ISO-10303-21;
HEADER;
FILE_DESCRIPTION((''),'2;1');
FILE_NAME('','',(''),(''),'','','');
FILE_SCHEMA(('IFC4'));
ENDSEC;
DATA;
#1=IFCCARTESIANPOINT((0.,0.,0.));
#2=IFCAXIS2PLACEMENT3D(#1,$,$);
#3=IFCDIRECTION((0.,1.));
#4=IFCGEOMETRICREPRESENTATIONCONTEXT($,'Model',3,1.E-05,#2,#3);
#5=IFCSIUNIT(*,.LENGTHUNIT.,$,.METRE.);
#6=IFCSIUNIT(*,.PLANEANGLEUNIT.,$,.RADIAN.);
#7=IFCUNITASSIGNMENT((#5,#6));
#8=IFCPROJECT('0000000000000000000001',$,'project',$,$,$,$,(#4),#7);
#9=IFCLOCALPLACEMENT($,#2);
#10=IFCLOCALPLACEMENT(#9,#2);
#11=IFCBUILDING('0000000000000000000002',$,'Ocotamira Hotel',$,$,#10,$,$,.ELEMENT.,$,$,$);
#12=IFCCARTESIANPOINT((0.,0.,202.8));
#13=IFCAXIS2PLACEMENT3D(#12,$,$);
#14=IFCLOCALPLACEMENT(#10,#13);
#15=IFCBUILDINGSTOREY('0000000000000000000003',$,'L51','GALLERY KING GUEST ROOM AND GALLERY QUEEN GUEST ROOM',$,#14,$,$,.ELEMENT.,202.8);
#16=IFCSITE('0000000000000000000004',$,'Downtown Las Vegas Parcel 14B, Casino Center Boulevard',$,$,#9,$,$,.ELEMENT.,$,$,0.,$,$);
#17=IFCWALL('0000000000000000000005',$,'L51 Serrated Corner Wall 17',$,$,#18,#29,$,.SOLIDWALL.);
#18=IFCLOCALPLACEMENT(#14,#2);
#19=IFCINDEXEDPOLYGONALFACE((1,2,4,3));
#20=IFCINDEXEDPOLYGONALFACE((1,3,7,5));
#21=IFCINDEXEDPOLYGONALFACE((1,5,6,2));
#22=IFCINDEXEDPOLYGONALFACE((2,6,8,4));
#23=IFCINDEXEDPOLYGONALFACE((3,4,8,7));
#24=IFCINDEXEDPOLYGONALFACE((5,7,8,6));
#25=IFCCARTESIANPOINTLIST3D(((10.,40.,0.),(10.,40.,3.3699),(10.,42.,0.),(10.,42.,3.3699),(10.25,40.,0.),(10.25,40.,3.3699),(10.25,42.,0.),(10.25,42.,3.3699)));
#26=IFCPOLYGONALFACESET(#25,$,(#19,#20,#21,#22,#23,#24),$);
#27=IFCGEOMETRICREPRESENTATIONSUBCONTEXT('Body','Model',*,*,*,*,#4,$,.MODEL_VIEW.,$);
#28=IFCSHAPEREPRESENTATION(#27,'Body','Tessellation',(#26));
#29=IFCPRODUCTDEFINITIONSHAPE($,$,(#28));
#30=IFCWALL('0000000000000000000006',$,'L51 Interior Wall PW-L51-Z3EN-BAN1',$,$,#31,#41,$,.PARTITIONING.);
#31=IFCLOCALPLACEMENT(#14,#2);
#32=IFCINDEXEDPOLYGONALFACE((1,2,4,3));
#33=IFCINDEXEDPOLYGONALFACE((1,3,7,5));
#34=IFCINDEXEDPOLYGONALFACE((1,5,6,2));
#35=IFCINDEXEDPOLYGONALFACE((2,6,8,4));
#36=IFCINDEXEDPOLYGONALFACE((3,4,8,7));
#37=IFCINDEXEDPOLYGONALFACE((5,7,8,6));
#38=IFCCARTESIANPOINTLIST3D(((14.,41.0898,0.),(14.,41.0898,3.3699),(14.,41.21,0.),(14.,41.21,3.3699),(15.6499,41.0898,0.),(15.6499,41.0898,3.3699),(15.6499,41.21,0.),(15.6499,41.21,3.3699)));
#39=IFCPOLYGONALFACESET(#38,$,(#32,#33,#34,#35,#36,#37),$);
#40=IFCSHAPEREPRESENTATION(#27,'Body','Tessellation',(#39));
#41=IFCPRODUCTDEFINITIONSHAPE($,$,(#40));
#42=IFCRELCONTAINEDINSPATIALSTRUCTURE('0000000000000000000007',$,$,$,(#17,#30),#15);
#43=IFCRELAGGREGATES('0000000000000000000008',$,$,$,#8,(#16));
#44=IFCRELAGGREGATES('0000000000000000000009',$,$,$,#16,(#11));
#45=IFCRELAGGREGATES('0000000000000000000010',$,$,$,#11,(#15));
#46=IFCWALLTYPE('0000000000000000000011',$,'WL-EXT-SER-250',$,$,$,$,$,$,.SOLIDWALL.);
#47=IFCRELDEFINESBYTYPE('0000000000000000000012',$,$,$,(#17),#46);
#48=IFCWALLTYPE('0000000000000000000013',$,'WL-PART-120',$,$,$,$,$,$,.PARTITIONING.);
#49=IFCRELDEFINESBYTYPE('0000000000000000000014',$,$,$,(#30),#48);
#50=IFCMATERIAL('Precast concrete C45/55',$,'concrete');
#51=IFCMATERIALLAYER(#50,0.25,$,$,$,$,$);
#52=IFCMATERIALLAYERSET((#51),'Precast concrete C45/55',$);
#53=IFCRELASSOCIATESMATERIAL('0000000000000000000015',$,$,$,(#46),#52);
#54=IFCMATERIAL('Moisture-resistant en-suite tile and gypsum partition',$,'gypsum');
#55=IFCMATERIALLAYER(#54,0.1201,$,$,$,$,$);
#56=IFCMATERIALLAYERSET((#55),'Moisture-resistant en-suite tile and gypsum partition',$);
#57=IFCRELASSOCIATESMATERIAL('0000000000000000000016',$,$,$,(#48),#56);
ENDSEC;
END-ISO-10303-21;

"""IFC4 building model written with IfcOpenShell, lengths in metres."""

from ifc_helpers import new_model, si_unit, direction, frame, frame_2d, origin, place, context, subcontext, project, spatial, rectangle, extrude, material, layer, layer_set, type_object, element, save


model = new_model("IFC4")

# Units and contexts
model_context = context("Model", 3, precision=1e-05, world=origin(), true_north=direction((0.0, 1.0)))
body_context = subcontext(model_context, "Body", "Model", "MODEL_VIEW")
ifc_project = project(units=[si_unit("LENGTHUNIT", "METRE"), si_unit("PLANEANGLEUNIT", "RADIAN")], contexts=[model_context])

# Site, building, storey
site_placement = place(None, origin())
site = spatial("IfcSite", under=ifc_project, at=site_placement, Name="Downtown Las Vegas Parcel 14B, Casino Center Boulevard", CompositionType="ELEMENT", RefElevation=0.0)
building_placement = place(site_placement, origin())
building = spatial("IfcBuilding", under=site, at=building_placement, Name="Ocotamira Hotel", CompositionType="ELEMENT")
storey_placement = place(building_placement, frame((0.0, 0.0, 202.8)))
storey = spatial("IfcBuildingStorey", under=building, at=storey_placement, Name="L51", Description="GALLERY KING GUEST ROOM AND GALLERY QUEEN GUEST ROOM", CompositionType="ELEMENT", Elevation=202.8)

# Shared definitions
ifc_material_1 = material(Name="Precast concrete C45/55", Category="concrete")
ifc_layer_1 = layer(ifc_material_1, 0.25)
ifc_layer_set_1 = layer_set([ifc_layer_1], Name="Precast concrete C45/55")
wall_type_1 = type_object("IfcWallType", Name="WL-EXT-SER-250", PredefinedType="SOLIDWALL", material=ifc_layer_set_1)

# Walls
for number, where, z_axis, x_axis, name in (
    (1, (10.125, 42.0, 0.0), (0.0, 0.0, 1.0), (0.0, -1.0, 0.0), "L51 Serrated Corner Wall 17"),
):
    element("IfcWall", number, at=place(storey_placement, frame(where, z_axis=z_axis, x_axis=x_axis)), inside=storey, type_object=wall_type_1, Name=name, PredefinedType="SOLIDWALL", context=body_context, shape_type="SweptSolid", body=[
        extrude(rectangle(XDim=2.0, YDim=0.25, at=frame_2d((1.0, 0.0))), origin(), (0.0, 0.0, 1.0), 3.3699),
    ])
ifc_material_2 = material(Name="Moisture-resistant en-suite tile and gypsum partition", Category="gypsum")
ifc_layer_2 = layer(ifc_material_2, 0.1201)
ifc_layer_set_2 = layer_set([ifc_layer_2], Name="Moisture-resistant en-suite tile and gypsum partition")
wall_type_2 = type_object("IfcWallType", Name="WL-PART-120", PredefinedType="PARTITIONING", material=ifc_layer_set_2)
wall_1_placement = place(storey_placement, frame((14.0, 41.1499, 0.0), z_axis=(0.0, 0.0, 1.0), x_axis=(1.0, 0.0, 0.0)))
element("IfcWall", 2, at=wall_1_placement, inside=storey, type_object=wall_type_2, Name="L51 Interior Wall PW-L51-Z3EN-BAN1", PredefinedType="PARTITIONING", context=body_context, shape_type="SweptSolid", body=[
    extrude(rectangle(XDim=1.6499, YDim=0.1201, at=frame_2d((0.825, 0.0))), origin(), (0.0, 0.0, 1.0), 3.3699),
])

save(model, "model.ifc")
